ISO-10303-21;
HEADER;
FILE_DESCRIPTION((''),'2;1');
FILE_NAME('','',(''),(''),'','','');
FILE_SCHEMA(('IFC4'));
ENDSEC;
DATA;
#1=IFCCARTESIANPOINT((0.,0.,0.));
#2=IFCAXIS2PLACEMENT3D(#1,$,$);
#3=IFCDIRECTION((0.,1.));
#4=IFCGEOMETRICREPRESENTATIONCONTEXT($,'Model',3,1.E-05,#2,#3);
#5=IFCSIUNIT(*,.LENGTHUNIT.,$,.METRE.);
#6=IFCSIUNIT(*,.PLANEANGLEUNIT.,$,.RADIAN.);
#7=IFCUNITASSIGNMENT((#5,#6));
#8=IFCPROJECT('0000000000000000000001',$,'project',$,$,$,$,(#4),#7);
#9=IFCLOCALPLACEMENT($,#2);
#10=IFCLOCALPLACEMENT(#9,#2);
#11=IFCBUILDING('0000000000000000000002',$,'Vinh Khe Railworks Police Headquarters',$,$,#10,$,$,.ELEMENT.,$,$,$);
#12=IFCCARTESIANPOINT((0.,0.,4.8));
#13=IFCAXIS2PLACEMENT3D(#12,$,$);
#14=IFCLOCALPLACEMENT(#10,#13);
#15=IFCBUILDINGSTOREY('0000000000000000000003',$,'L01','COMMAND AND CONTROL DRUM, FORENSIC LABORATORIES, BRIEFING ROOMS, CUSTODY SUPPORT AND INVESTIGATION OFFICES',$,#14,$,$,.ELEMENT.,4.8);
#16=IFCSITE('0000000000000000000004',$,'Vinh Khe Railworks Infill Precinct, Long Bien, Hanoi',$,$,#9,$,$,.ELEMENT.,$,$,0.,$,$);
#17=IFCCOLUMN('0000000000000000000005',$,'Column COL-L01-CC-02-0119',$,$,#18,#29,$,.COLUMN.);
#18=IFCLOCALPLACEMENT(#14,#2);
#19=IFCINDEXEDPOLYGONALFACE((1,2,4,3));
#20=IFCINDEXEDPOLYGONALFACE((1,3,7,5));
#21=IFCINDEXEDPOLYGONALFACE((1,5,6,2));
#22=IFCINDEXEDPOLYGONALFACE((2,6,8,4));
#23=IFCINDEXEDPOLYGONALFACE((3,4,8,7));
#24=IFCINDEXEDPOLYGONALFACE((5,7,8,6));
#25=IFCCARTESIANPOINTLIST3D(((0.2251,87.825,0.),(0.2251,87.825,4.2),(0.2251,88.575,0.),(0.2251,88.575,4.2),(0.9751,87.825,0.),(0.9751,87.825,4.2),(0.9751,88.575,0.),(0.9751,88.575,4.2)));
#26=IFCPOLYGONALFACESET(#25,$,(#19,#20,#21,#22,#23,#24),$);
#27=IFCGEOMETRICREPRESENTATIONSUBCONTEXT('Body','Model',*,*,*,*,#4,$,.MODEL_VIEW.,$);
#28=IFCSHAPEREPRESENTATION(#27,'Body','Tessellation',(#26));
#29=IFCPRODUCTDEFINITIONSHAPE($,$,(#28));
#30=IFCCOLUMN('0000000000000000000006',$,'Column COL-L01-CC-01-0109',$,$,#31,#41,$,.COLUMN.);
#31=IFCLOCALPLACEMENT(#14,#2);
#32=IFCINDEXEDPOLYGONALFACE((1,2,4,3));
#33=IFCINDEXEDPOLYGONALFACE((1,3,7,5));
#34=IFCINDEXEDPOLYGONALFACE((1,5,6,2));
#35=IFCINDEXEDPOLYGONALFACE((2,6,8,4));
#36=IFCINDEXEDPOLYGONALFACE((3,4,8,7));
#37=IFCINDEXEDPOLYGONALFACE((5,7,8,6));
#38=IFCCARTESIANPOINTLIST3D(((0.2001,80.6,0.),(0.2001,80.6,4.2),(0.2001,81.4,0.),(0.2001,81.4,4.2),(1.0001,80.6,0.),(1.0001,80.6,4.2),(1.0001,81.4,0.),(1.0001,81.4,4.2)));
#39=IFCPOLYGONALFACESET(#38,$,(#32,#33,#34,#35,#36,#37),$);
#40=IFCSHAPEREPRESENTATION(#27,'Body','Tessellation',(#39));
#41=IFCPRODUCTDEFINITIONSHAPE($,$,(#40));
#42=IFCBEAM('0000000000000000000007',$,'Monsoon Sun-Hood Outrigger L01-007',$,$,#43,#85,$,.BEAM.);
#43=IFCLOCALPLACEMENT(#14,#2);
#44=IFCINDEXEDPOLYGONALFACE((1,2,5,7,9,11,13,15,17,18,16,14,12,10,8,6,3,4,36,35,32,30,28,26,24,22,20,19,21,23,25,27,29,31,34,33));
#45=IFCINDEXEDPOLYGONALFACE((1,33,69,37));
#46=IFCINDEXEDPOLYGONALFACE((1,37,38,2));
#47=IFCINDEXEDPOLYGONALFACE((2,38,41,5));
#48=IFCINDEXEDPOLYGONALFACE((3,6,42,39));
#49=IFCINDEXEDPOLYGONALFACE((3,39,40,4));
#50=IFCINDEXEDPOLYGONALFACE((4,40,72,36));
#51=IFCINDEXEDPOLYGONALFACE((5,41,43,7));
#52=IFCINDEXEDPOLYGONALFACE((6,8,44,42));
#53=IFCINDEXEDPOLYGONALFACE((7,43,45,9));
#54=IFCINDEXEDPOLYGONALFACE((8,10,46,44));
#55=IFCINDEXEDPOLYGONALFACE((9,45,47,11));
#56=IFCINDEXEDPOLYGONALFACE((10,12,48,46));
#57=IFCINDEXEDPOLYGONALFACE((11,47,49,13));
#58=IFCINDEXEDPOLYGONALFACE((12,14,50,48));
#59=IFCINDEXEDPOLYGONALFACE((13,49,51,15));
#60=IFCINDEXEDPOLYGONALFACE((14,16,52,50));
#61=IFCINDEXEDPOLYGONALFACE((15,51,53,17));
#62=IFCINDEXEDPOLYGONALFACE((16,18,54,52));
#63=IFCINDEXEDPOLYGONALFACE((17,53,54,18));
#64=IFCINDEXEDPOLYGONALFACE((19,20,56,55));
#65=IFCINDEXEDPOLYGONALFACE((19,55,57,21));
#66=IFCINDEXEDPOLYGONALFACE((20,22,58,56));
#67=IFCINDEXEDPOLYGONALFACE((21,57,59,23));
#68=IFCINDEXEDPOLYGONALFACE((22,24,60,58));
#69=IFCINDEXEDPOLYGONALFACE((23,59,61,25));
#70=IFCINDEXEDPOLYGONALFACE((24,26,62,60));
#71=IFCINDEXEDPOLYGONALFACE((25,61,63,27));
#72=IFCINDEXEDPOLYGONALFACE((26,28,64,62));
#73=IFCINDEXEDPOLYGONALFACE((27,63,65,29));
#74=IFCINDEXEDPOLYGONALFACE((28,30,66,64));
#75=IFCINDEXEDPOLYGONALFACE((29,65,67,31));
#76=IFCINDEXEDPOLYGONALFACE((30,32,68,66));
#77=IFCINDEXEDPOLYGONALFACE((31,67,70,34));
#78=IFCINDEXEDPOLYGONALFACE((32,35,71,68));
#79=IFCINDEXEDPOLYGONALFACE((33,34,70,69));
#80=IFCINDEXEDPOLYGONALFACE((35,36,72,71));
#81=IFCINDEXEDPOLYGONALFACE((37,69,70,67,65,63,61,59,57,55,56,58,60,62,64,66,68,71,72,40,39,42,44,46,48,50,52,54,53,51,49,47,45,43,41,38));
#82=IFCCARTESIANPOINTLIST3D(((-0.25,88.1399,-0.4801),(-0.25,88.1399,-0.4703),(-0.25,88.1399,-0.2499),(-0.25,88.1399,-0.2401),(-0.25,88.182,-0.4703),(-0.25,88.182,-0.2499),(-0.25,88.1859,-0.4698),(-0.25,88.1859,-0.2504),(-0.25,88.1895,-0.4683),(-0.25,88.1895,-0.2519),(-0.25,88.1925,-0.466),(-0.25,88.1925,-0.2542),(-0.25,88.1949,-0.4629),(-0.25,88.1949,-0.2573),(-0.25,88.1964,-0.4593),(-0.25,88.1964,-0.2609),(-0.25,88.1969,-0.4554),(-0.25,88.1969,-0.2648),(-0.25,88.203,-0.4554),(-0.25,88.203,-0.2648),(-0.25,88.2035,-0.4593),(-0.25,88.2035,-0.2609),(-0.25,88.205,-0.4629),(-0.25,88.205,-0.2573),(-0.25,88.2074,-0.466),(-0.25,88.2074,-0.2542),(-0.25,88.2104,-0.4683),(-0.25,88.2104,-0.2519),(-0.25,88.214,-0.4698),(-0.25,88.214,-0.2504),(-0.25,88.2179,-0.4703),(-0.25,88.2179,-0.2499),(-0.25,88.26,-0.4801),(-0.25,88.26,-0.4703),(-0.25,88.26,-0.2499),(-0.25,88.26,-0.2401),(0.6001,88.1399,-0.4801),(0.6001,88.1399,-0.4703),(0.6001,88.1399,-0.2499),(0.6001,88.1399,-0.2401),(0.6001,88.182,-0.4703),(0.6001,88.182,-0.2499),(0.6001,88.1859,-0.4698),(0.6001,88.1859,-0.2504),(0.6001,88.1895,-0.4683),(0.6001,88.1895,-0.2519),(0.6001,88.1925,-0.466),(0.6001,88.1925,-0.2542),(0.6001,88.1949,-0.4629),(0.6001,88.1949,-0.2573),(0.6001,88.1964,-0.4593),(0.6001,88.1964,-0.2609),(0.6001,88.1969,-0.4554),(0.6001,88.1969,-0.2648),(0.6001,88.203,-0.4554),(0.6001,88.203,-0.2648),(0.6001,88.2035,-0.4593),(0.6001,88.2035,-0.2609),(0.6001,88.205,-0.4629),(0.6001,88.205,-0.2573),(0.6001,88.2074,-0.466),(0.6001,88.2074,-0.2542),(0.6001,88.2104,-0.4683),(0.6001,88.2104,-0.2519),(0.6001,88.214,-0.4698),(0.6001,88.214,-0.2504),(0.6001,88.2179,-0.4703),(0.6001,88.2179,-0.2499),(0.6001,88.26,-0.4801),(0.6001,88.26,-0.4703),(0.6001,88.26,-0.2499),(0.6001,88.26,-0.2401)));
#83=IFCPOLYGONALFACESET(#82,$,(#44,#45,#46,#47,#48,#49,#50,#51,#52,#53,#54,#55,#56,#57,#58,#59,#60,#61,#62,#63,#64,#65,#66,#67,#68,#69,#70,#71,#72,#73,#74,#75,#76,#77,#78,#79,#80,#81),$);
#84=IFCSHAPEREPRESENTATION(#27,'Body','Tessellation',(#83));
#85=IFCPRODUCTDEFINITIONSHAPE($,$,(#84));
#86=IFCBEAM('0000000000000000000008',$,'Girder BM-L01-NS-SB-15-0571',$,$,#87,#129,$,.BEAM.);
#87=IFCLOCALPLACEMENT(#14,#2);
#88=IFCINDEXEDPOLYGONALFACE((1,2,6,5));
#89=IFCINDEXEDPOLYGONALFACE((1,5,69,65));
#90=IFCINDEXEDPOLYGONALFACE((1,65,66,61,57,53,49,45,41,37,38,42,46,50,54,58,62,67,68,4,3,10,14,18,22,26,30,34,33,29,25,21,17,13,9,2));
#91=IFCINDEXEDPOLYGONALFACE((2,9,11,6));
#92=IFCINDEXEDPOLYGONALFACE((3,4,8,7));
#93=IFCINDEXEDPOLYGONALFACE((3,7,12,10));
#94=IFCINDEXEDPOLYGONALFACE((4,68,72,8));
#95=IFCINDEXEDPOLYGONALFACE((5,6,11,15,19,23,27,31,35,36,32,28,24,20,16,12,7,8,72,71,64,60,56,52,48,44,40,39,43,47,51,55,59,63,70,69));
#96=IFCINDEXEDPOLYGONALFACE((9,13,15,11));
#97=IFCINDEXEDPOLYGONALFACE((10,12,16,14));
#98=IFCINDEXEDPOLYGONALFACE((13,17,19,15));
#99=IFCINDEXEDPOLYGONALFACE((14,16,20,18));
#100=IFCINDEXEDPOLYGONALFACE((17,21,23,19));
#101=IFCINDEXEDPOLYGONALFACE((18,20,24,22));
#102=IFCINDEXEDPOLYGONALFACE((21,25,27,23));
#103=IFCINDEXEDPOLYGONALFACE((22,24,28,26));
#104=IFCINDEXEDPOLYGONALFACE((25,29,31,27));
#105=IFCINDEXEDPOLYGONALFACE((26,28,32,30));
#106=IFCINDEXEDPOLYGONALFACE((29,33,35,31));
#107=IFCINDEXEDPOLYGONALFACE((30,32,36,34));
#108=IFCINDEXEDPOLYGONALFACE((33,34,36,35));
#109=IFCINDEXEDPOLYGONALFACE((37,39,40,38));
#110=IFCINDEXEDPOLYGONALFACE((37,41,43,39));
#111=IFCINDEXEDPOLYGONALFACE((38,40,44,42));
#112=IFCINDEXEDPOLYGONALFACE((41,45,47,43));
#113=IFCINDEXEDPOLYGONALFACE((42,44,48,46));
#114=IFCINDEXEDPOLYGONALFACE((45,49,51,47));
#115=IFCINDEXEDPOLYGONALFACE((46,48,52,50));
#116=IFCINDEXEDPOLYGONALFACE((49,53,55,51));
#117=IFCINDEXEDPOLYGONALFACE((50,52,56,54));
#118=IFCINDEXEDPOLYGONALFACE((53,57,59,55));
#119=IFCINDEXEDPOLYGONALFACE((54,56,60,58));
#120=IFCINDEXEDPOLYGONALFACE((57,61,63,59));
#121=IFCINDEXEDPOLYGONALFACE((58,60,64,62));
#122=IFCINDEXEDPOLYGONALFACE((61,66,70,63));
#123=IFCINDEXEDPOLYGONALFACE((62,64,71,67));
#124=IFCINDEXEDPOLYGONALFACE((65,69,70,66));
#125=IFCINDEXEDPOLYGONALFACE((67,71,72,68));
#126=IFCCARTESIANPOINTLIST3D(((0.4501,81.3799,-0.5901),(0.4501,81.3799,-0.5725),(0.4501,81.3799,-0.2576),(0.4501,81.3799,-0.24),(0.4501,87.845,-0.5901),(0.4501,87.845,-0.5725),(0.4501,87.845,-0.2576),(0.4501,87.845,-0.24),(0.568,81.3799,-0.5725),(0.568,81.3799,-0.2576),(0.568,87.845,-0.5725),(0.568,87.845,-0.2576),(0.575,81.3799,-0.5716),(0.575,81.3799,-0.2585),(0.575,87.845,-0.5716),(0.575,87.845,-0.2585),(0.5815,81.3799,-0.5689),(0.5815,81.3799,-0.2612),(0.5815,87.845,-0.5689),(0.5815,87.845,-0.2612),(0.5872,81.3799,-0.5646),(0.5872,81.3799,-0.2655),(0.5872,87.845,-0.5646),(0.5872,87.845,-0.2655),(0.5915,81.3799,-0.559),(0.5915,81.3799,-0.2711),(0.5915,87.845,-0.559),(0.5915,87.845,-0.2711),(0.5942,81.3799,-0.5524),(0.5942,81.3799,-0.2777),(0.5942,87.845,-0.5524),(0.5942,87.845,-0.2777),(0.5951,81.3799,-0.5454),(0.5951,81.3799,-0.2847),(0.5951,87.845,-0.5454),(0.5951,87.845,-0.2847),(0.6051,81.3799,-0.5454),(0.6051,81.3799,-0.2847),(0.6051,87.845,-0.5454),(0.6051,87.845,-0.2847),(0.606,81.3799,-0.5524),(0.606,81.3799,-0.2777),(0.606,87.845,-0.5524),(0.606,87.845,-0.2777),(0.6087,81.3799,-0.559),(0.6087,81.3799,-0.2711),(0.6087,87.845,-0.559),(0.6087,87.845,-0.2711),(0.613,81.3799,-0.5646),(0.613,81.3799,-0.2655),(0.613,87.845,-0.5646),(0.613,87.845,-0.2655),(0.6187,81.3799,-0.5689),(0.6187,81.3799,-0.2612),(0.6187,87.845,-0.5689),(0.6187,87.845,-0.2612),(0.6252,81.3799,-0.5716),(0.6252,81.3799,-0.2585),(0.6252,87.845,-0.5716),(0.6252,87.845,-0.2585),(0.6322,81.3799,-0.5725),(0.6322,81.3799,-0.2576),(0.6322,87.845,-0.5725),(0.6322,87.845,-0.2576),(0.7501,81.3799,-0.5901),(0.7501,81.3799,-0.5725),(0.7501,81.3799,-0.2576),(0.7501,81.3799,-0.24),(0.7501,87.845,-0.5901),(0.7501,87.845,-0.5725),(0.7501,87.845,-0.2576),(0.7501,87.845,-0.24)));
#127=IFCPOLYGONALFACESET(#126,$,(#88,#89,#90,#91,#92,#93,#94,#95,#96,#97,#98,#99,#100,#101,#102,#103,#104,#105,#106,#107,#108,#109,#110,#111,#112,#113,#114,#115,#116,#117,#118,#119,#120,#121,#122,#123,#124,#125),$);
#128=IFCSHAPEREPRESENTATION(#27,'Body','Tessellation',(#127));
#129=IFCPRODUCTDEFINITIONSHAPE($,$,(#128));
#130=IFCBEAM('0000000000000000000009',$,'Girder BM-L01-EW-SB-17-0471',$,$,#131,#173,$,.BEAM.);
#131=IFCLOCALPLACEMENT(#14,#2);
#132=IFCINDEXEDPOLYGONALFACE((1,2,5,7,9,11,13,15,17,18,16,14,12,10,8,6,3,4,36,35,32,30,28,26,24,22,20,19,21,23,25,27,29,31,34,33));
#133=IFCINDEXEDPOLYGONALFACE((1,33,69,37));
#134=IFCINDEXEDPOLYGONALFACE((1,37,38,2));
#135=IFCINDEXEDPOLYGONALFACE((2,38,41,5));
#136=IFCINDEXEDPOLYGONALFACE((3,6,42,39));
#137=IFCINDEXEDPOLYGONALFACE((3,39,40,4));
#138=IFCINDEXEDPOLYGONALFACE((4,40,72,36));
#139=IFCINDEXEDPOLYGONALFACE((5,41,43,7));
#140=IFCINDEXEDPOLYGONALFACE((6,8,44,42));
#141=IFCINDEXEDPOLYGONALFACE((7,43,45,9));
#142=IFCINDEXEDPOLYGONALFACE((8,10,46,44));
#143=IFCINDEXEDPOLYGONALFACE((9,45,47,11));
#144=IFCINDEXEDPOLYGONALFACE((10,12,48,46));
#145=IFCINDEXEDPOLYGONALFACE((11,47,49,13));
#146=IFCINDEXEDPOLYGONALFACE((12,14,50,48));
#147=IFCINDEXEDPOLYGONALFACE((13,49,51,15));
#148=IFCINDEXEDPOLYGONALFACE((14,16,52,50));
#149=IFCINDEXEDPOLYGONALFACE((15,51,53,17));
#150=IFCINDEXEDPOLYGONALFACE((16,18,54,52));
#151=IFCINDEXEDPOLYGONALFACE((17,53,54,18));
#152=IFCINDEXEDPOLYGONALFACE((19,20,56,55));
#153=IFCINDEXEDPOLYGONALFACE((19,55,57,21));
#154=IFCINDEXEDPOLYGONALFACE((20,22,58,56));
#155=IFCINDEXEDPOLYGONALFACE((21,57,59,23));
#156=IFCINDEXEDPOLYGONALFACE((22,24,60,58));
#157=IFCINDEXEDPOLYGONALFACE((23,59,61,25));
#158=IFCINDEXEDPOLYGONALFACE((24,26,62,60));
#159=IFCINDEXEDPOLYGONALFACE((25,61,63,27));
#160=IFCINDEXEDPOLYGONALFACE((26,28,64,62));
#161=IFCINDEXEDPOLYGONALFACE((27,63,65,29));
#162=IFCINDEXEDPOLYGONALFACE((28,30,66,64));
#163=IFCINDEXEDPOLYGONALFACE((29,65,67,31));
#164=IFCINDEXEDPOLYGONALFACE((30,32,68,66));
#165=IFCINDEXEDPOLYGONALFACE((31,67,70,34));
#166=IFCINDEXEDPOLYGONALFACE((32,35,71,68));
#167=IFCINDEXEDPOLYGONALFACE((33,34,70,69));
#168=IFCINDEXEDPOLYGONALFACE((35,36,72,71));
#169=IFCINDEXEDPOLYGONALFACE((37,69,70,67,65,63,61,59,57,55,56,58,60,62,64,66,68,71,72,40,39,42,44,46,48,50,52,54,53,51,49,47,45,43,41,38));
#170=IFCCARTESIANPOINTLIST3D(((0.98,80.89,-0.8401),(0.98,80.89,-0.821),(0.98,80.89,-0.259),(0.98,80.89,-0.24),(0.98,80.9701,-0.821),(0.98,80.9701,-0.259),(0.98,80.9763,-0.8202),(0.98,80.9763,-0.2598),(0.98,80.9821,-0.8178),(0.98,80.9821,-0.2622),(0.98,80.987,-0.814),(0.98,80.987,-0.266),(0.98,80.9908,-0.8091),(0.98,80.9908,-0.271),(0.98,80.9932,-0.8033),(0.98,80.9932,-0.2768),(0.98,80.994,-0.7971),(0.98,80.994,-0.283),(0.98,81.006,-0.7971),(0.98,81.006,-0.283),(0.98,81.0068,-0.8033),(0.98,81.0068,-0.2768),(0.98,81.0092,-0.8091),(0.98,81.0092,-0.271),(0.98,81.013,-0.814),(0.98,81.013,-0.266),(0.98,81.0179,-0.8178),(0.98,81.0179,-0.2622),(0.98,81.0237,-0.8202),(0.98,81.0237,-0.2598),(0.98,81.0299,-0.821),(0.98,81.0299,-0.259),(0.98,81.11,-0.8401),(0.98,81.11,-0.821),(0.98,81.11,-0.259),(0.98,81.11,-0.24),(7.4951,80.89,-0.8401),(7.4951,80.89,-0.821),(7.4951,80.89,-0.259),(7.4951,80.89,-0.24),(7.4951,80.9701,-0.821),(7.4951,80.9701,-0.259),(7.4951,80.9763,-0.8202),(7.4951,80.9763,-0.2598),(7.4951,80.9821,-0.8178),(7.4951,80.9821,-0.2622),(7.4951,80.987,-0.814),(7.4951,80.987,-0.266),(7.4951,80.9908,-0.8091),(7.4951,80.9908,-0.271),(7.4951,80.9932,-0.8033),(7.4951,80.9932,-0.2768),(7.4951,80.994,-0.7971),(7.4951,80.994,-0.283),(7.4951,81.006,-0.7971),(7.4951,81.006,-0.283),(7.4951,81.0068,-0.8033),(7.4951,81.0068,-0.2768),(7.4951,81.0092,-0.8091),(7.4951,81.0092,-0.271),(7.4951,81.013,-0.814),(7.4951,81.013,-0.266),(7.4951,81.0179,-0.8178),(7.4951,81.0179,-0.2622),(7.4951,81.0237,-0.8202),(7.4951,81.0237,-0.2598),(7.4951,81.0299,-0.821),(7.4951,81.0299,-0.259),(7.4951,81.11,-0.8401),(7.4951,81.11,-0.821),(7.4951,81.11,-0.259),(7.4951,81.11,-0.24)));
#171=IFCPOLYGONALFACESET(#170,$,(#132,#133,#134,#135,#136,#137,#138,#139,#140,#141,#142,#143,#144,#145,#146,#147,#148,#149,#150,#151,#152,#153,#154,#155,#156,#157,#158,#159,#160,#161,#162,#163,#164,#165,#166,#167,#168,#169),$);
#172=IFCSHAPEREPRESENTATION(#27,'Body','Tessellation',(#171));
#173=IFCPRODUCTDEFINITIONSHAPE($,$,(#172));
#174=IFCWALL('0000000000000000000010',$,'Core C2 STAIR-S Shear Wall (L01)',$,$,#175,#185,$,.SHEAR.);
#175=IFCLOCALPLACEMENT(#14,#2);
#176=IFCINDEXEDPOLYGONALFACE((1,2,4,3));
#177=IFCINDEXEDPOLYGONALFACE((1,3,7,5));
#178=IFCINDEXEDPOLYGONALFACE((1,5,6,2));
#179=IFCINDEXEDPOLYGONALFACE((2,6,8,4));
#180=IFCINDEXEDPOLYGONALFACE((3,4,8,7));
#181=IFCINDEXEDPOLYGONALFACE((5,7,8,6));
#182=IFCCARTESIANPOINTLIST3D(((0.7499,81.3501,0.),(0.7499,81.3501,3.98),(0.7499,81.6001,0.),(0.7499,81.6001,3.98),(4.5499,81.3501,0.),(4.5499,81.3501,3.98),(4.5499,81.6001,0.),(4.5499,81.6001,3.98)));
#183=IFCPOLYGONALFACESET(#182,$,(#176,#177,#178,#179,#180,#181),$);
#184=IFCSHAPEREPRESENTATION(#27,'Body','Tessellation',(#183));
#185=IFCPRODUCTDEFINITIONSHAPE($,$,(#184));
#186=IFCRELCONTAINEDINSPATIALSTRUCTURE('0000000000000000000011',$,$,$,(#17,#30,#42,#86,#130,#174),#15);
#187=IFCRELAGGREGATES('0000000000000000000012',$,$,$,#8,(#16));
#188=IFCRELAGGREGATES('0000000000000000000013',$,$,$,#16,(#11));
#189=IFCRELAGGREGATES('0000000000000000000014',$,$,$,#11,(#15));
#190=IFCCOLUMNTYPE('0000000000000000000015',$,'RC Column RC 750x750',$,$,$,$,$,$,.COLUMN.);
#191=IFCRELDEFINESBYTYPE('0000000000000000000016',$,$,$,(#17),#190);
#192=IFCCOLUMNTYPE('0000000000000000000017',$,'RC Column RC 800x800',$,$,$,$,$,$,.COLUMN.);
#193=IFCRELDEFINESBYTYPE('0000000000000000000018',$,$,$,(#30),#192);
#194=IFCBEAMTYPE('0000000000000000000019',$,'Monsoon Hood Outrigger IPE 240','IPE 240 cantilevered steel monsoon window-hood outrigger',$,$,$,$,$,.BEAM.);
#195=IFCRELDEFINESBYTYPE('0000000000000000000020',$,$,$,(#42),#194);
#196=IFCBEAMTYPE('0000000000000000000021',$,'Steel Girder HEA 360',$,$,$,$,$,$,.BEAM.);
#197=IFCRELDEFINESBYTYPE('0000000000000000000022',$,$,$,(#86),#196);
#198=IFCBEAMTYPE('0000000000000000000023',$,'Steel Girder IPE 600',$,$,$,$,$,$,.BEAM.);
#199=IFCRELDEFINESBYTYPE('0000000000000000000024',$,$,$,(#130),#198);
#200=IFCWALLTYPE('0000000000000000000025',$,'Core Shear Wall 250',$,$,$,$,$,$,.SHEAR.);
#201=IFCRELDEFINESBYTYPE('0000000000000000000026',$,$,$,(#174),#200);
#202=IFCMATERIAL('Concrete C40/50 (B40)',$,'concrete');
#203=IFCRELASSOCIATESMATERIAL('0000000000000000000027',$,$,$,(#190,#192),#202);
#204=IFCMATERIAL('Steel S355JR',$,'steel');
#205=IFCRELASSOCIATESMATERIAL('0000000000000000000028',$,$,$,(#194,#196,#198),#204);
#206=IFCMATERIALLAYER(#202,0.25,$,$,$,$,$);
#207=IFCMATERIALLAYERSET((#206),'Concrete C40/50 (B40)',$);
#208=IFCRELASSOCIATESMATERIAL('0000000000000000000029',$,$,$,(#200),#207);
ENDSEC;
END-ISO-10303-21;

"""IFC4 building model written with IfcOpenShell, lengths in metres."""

from ifc_helpers import new_model, si_unit, direction, frame, frame_2d, origin, origin_2d, place, context, subcontext, project, spatial, rectangle, i_section, extrude, material, layer, layer_set, material_profile, profile_set, type_object, element, save


model = new_model("IFC4")

# Units and contexts
model_context = context("Model", 3, precision=1e-05, world=origin(), true_north=direction((0.0, 1.0)))
body_context = subcontext(model_context, "Body", "Model", "MODEL_VIEW")
ifc_project = project(units=[si_unit("LENGTHUNIT", "METRE"), si_unit("PLANEANGLEUNIT", "RADIAN")], contexts=[model_context])

# Site, building, storey
site_placement = place(None, origin())
site = spatial("IfcSite", under=ifc_project, at=site_placement, Name="Vinh Khe Railworks Infill Precinct, Long Bien, Hanoi", CompositionType="ELEMENT", RefElevation=0.0)
building_placement = place(site_placement, origin())
building = spatial("IfcBuilding", under=site, at=building_placement, Name="Vinh Khe Railworks Police Headquarters", CompositionType="ELEMENT")
storey_placement = place(building_placement, frame((0.0, 0.0, 4.8)))
storey = spatial("IfcBuildingStorey", under=building, at=storey_placement, Name="L01", Description="COMMAND AND CONTROL DRUM, FORENSIC LABORATORIES, BRIEFING ROOMS, CUSTODY SUPPORT AND INVESTIGATION OFFICES", CompositionType="ELEMENT", Elevation=4.8)

# Columns
ifc_material_1 = material(Name="Concrete C40/50 (B40)", Category="concrete")
ifc_material_profile_1 = material_profile(ifc_material_1, rectangle(XDim=0.75, YDim=0.75, at=origin_2d()), Name="RC 750x750")
ifc_profile_set_1 = profile_set([ifc_material_profile_1], Name="Concrete C40/50 (B40)")
column_type_1 = type_object("IfcColumnType", Name="RC Column RC 750x750", PredefinedType="COLUMN", material=ifc_profile_set_1)
column_1_placement = place(storey_placement, frame((0.6001, 88.2, 0.0), z_axis=(0.0, 0.0, 1.0), x_axis=(1.0, 0.0, 0.0)))
element("IfcColumn", 1, at=column_1_placement, inside=storey, type_object=column_type_1, Name="Column COL-L01-CC-02-0119", PredefinedType="COLUMN", context=body_context, shape_type="SweptSolid", body=[
    extrude(rectangle(XDim=0.75, YDim=0.75, at=origin_2d()), origin(), (0.0, 0.0, 1.0), 4.2),
])
ifc_material_profile_2 = material_profile(ifc_material_1, rectangle(XDim=0.8, YDim=0.8, at=origin_2d()), Name="RC 800x800")
ifc_profile_set_2 = profile_set([ifc_material_profile_2], Name="Concrete C40/50 (B40)")
column_type_2 = type_object("IfcColumnType", Name="RC Column RC 800x800", PredefinedType="COLUMN", material=ifc_profile_set_2)
column_2_placement = place(storey_placement, frame((0.6001, 81.0, 0.0), z_axis=(0.0, 0.0, 1.0), x_axis=(1.0, 0.0, 0.0)))
element("IfcColumn", 2, at=column_2_placement, inside=storey, type_object=column_type_2, Name="Column COL-L01-CC-01-0109", PredefinedType="COLUMN", context=body_context, shape_type="SweptSolid", body=[
    extrude(rectangle(XDim=0.8, YDim=0.8, at=origin_2d()), origin(), (0.0, 0.0, 1.0), 4.2),
])

# Beams
ifc_material_2 = material(Name="Steel S355JR", Category="steel")
ifc_material_profile_3 = material_profile(ifc_material_2, i_section(OverallWidth=0.1201, OverallDepth=0.24, WebThickness=0.0061, FlangeThickness=0.0098, FilletRadius=0.0149, at=origin_2d()), Name="IPE 240")
ifc_profile_set_3 = profile_set([ifc_material_profile_3], Name="Steel S355JR")
beam_type_1 = type_object("IfcBeamType", Name="Monsoon Hood Outrigger IPE 240", Description="IPE 240 cantilevered steel monsoon window-hood outrigger", PredefinedType="BEAM", material=ifc_profile_set_3)
beam_1_placement = place(storey_placement, frame((-0.25, 88.2, -0.3601), z_axis=(1.0, 0.0, 0.0), x_axis=(0.0, 1.0, 0.0)))
element("IfcBeam", 3, at=beam_1_placement, inside=storey, type_object=beam_type_1, Name="Monsoon Sun-Hood Outrigger L01-007", PredefinedType="BEAM", context=body_context, shape_type="SweptSolid", body=[
    extrude(i_section(OverallWidth=0.1201, OverallDepth=0.24, WebThickness=0.0061, FlangeThickness=0.0098, FilletRadius=0.0149, at=origin_2d()), origin(), (0.0, 0.0, 1.0), 0.8501),
])
ifc_material_profile_4 = material_profile(ifc_material_2, i_section(OverallWidth=0.3, OverallDepth=0.3501, WebThickness=0.01, FlangeThickness=0.0176, FilletRadius=0.0271, at=origin_2d()), Name="HEA 360")
ifc_profile_set_4 = profile_set([ifc_material_profile_4], Name="Steel S355JR")
beam_type_2 = type_object("IfcBeamType", Name="Steel Girder HEA 360", PredefinedType="BEAM", material=ifc_profile_set_4)
beam_2_placement = place(storey_placement, frame((0.6001, 81.3799, -0.415), z_axis=(0.0, 1.0, 0.0), x_axis=(-1.0, 0.0, 0.0)))
element("IfcBeam", 4, at=beam_2_placement, inside=storey, type_object=beam_type_2, Name="Girder BM-L01-NS-SB-15-0571", PredefinedType="BEAM", context=body_context, shape_type="SweptSolid", body=[
    extrude(i_section(OverallWidth=0.3, OverallDepth=0.3501, WebThickness=0.01, FlangeThickness=0.0176, FilletRadius=0.0271, at=origin_2d()), origin(), (0.0, 0.0, 1.0), 6.4651),
])
ifc_material_profile_5 = material_profile(ifc_material_2, i_section(OverallWidth=0.22, OverallDepth=0.6001, WebThickness=0.012, FlangeThickness=0.019, FilletRadius=0.0239, at=origin_2d()), Name="IPE 600")
ifc_profile_set_5 = profile_set([ifc_material_profile_5], Name="Steel S355JR")
beam_type_3 = type_object("IfcBeamType", Name="Steel Girder IPE 600", PredefinedType="BEAM", material=ifc_profile_set_5)
beam_3_placement = place(storey_placement, frame((0.98, 81.0, -0.54), z_axis=(1.0, 0.0, 0.0), x_axis=(0.0, 1.0, 0.0)))
element("IfcBeam", 5, at=beam_3_placement, inside=storey, type_object=beam_type_3, Name="Girder BM-L01-EW-SB-17-0471", PredefinedType="BEAM", context=body_context, shape_type="SweptSolid", body=[
    extrude(i_section(OverallWidth=0.22, OverallDepth=0.6001, WebThickness=0.012, FlangeThickness=0.019, FilletRadius=0.0239, at=origin_2d()), origin(), (0.0, 0.0, 1.0), 6.5151),
])

# Wall
ifc_layer_1 = layer(ifc_material_1, 0.25)
ifc_layer_set_1 = layer_set([ifc_layer_1], Name="Concrete C40/50 (B40)")
wall_type_1 = type_object("IfcWallType", Name="Core Shear Wall 250", PredefinedType="SHEAR", material=ifc_layer_set_1)
for number, where, z_axis, x_axis, name in (
    (6, (0.75, 81.4751, 0.0), (0.0, 0.0, 1.0), (1.0, 0.0, 0.0), "Core C2 STAIR-S Shear Wall (L01)"),
):
    element("IfcWall", number, at=place(storey_placement, frame(where, z_axis=z_axis, x_axis=x_axis)), inside=storey, type_object=wall_type_1, Name=name, PredefinedType="SHEAR", context=body_context, shape_type="SweptSolid", body=[
        extrude(rectangle(XDim=3.8, YDim=0.25, at=frame_2d((1.8999, 0.0))), origin(), (0.0, 0.0, 1.0), 3.98),
    ])

save(model, "model.ifc")
